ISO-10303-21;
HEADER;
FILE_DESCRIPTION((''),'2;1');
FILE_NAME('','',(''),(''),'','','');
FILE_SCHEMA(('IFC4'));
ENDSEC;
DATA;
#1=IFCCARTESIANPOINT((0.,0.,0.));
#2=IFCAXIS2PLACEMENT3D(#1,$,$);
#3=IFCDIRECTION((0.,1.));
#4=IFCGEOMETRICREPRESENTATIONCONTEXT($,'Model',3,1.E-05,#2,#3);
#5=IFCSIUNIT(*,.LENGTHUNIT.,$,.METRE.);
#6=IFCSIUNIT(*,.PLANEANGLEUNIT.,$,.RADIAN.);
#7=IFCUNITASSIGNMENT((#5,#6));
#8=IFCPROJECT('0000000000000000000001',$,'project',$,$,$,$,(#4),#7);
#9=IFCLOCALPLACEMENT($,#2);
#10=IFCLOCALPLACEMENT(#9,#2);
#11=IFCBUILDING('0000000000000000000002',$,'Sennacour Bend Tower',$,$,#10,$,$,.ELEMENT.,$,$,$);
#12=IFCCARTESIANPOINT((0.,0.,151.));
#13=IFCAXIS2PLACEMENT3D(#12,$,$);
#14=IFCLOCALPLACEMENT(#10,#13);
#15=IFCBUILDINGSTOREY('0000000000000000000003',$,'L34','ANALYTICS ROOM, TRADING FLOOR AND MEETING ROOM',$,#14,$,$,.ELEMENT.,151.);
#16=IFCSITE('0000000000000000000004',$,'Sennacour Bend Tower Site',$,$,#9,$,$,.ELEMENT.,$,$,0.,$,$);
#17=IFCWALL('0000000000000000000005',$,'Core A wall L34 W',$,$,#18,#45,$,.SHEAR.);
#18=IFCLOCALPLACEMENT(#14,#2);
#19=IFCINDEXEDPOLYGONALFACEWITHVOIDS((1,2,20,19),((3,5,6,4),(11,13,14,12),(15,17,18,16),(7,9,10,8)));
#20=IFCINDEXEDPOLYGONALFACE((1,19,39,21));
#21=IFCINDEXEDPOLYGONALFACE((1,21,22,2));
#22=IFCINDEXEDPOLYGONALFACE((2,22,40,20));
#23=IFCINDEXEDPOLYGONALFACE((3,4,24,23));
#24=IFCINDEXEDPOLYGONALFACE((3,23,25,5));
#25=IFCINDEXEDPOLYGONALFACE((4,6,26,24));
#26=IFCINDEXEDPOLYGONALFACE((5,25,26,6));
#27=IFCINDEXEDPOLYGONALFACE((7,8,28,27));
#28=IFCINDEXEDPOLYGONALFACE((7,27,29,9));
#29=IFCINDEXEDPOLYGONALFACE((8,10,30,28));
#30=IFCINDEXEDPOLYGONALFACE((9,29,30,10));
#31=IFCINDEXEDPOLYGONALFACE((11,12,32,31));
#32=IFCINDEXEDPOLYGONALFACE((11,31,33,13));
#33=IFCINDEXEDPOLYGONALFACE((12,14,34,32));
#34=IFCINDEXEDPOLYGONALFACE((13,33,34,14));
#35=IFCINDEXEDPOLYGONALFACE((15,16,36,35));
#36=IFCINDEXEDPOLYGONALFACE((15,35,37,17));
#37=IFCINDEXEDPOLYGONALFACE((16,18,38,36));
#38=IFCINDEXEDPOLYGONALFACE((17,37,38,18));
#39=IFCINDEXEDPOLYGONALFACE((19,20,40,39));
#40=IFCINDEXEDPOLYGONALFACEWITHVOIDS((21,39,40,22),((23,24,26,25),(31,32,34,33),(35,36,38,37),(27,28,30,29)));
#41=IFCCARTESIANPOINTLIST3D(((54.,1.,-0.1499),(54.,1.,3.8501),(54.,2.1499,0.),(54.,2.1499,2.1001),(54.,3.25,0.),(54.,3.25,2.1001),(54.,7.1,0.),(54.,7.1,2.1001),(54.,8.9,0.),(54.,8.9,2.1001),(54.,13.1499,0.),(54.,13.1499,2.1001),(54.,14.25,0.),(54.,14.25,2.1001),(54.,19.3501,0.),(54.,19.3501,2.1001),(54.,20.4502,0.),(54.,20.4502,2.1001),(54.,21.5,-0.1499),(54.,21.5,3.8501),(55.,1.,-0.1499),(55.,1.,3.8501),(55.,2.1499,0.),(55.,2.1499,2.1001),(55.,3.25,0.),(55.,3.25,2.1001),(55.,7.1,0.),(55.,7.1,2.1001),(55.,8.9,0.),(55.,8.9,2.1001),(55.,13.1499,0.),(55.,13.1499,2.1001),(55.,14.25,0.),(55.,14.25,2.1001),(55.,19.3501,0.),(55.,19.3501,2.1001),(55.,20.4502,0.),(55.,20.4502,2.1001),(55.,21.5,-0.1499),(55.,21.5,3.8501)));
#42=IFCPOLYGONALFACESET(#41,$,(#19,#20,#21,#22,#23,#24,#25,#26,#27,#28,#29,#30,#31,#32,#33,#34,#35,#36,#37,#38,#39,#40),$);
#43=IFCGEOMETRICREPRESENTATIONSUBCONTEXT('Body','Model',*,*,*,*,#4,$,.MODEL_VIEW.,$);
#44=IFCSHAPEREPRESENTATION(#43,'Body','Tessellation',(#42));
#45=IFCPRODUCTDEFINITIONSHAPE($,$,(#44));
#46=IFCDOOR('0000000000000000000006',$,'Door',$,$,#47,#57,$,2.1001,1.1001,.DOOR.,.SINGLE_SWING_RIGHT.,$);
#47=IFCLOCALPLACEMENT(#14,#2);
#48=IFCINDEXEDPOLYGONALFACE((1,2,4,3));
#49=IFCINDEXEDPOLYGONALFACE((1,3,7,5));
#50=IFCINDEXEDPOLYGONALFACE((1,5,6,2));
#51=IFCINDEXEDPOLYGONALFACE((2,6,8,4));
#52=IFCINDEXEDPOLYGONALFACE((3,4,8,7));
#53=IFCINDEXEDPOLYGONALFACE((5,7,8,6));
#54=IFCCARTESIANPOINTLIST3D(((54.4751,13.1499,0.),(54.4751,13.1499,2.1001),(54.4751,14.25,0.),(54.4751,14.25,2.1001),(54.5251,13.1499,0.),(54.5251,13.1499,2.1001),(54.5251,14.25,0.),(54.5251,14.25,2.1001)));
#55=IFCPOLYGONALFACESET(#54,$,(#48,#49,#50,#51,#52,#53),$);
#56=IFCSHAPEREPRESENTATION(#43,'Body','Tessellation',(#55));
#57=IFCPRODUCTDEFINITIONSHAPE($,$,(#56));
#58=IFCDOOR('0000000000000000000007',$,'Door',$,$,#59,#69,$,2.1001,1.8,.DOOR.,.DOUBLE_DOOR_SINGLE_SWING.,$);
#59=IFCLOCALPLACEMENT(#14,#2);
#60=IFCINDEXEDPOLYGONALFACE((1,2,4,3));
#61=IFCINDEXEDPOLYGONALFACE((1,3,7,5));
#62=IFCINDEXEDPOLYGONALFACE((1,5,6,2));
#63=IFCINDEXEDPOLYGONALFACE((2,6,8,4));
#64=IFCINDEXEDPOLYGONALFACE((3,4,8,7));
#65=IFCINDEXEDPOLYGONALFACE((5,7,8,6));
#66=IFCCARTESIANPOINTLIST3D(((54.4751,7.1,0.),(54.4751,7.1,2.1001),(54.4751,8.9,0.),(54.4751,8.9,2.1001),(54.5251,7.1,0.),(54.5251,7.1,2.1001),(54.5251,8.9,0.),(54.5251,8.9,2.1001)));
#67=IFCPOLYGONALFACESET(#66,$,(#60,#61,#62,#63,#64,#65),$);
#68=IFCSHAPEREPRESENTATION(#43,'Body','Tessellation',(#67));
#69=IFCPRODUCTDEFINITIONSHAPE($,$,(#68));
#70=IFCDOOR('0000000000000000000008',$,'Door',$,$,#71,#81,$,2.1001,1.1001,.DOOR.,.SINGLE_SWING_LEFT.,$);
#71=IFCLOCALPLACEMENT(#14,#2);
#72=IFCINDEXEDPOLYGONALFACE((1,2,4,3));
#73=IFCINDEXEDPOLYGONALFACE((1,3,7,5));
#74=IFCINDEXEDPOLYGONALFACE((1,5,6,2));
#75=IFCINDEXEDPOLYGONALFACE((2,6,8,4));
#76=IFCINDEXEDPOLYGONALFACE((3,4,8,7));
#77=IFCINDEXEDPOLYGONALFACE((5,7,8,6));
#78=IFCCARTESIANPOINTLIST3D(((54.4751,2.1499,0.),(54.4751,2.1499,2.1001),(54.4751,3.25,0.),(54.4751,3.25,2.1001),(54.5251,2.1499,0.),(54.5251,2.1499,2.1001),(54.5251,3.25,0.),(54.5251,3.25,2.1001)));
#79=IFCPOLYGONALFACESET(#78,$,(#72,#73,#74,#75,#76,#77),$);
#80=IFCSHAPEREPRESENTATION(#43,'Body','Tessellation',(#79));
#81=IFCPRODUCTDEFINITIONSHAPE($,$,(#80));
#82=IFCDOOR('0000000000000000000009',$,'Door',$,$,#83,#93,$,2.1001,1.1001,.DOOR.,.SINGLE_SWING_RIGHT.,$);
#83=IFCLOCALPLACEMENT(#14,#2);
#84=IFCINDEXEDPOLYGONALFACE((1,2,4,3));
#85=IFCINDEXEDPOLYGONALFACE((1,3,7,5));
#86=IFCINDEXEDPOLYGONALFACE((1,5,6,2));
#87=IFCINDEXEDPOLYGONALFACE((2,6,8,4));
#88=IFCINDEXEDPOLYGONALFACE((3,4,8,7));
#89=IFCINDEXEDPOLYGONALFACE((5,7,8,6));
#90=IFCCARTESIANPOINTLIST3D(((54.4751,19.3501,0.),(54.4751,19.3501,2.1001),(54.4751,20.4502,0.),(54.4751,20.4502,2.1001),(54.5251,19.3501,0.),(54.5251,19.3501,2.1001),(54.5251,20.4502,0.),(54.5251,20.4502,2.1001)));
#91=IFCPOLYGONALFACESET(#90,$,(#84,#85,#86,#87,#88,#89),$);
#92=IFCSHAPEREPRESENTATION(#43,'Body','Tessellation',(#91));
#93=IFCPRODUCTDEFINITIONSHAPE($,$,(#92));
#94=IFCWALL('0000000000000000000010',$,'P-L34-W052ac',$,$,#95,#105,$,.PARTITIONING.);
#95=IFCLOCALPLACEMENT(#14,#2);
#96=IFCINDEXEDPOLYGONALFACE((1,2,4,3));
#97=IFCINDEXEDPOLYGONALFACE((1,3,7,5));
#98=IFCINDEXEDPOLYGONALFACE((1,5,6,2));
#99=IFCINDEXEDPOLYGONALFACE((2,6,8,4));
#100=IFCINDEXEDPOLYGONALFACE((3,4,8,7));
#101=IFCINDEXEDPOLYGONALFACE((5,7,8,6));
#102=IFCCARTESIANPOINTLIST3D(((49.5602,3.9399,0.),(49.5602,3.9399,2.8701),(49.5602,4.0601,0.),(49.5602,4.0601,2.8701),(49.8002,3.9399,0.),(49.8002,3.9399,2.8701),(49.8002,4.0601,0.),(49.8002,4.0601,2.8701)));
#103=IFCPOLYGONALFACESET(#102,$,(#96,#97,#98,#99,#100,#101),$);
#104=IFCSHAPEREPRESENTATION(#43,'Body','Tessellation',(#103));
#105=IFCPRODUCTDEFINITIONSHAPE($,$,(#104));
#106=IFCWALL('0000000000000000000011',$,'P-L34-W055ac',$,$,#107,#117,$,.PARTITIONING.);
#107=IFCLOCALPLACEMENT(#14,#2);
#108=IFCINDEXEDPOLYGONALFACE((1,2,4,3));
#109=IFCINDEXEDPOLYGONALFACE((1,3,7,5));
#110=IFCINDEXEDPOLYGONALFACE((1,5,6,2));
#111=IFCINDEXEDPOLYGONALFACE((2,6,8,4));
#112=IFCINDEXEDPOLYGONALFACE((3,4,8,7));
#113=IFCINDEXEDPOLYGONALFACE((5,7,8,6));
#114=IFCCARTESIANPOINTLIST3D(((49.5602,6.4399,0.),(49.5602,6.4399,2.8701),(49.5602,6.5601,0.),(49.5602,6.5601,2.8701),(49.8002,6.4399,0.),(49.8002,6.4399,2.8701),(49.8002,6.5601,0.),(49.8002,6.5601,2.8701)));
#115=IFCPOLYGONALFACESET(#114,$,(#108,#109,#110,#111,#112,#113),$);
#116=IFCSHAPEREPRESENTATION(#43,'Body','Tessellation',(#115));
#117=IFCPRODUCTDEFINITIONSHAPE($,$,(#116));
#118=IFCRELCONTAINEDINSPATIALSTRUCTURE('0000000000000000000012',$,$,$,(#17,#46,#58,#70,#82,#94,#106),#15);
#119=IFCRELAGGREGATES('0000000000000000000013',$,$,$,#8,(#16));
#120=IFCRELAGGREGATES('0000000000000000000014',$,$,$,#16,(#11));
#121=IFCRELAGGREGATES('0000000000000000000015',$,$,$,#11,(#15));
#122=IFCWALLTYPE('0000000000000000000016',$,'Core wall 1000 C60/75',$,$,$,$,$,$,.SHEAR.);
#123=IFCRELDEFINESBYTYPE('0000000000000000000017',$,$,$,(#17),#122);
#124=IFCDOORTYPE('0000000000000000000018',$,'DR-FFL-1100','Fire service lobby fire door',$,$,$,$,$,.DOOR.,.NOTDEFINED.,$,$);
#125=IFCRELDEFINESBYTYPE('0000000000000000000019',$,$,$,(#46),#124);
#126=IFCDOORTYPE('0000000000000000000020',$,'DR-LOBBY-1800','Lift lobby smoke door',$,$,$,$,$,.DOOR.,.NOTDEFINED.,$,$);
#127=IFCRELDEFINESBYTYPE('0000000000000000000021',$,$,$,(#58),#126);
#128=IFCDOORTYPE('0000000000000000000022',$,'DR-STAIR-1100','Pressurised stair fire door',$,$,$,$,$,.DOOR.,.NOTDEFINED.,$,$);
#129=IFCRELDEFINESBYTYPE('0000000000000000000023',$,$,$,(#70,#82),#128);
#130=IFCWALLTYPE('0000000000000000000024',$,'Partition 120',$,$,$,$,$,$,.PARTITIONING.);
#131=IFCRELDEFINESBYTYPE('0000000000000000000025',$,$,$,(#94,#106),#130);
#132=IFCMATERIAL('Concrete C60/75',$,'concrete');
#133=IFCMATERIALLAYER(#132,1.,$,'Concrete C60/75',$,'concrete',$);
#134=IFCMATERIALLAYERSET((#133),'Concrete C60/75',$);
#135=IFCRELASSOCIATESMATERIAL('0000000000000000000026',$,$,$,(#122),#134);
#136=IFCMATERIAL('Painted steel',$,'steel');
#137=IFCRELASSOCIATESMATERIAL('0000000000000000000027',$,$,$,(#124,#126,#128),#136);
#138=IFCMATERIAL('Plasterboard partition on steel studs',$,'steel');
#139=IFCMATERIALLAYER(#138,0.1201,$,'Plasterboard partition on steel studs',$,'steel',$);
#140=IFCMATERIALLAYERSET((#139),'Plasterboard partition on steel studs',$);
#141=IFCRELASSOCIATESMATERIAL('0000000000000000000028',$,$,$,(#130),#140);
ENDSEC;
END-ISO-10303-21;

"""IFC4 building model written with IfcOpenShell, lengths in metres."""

from ifc_helpers import new_model, si_unit, direction, frame, frame_2d, origin, place, context, subcontext, project, spatial, rectangle, extrude, material, layer, layer_set, type_object, element, fill, save


model = new_model("IFC4")

# Units and contexts
model_context = context("Model", 3, precision=1e-05, world=origin(), true_north=direction((0.0, 1.0)))
body_context = subcontext(model_context, "Body", "Model", "MODEL_VIEW")
ifc_project = project(units=[si_unit("LENGTHUNIT", "METRE"), si_unit("PLANEANGLEUNIT", "RADIAN")], contexts=[model_context])

# Site, building, storey
site_placement = place(None, origin())
site = spatial("IfcSite", under=ifc_project, at=site_placement, Name="Sennacour Bend Tower Site", CompositionType="ELEMENT", RefElevation=0.0)
building_placement = place(site_placement, origin())
building = spatial("IfcBuilding", under=site, at=building_placement, Name="Sennacour Bend Tower", CompositionType="ELEMENT")
storey_placement = place(building_placement, frame((0.0, 0.0, 151.0)))
storey = spatial("IfcBuildingStorey", under=building, at=storey_placement, Name="L34", Description="ANALYTICS ROOM, TRADING FLOOR AND MEETING ROOM", CompositionType="ELEMENT", Elevation=151.0)

# Wall, openings, doors
ifc_material_1 = material(Name="Concrete C60/75", Category="concrete")
ifc_layer_1 = layer(ifc_material_1, 1.0, Name="Concrete C60/75", Category="concrete")
ifc_layer_set_1 = layer_set([ifc_layer_1], Name="Concrete C60/75")
wall_type_1 = type_object("IfcWallType", Name="Core wall 1000 C60/75", PredefinedType="SHEAR", material=ifc_layer_set_1)
wall_1_placement = place(storey_placement, frame((54.5, 1.0, -0.1499), z_axis=(0.0, 0.0, 1.0), x_axis=(0.0, 1.0, 0.0)))
wall_1 = element("IfcWall", 1, at=wall_1_placement, inside=storey, type_object=wall_type_1, Name="Core A wall L34 W", PredefinedType="SHEAR", context=body_context, shape_type="SweptSolid", body=[
    extrude(rectangle(XDim=20.5, YDim=1.0, at=frame_2d((10.25, 0.0))), origin(), (0.0, 0.0, 1.0), 4.0),
])
opening_1_placement = place(wall_1_placement, frame((6.1001, 0.0, 0.1499)))
opening_1 = element("IfcOpeningElement", 2, at=opening_1_placement, cuts=wall_1, PredefinedType="OPENING", context=body_context, shape_type="SweptSolid", body=[
    extrude(rectangle(XDim=1.8, YDim=2.1001, at=frame_2d((0.8999, 1.05))), frame((0.0, 0.51, 0.0), z_axis=(0.0, -1.0, 0.0), x_axis=(1.0, 0.0, 0.0)), (0.0, 0.0, 1.0), 1.02),
])
opening_2_placement = place(wall_1_placement, frame((12.1499, 0.0, 0.1499)))
opening_2 = element("IfcOpeningElement", 3, at=opening_2_placement, cuts=wall_1, PredefinedType="OPENING", context=body_context, shape_type="SweptSolid", body=[
    extrude(rectangle(XDim=1.1001, YDim=2.1001, at=frame_2d((0.55, 1.05))), frame((0.0, 0.51, 0.0), z_axis=(0.0, -1.0, 0.0), x_axis=(1.0, 0.0, 0.0)), (0.0, 0.0, 1.0), 1.02),
])
opening_3_placement = place(wall_1_placement, frame((1.1499, 0.0, 0.1499)))
opening_3 = element("IfcOpeningElement", 4, at=opening_3_placement, cuts=wall_1, PredefinedType="OPENING", context=body_context, shape_type="SweptSolid", body=[
    extrude(rectangle(XDim=1.1001, YDim=2.1001, at=frame_2d((0.55, 1.05))), frame((0.0, 0.51, 0.0), z_axis=(0.0, -1.0, 0.0), x_axis=(1.0, 0.0, 0.0)), (0.0, 0.0, 1.0), 1.02),
])
opening_4_placement = place(wall_1_placement, frame((18.3501, 0.0, 0.1499)))
opening_4 = element("IfcOpeningElement", 5, at=opening_4_placement, cuts=wall_1, PredefinedType="OPENING", context=body_context, shape_type="SweptSolid", body=[
    extrude(rectangle(XDim=1.1001, YDim=2.1001, at=frame_2d((0.55, 1.05))), frame((0.0, 0.51, 0.0), z_axis=(0.0, -1.0, 0.0), x_axis=(1.0, 0.0, 0.0)), (0.0, 0.0, 1.0), 1.02),
])
ifc_material_2 = material(Name="Painted steel", Category="steel")
door_type_1 = type_object("IfcDoorType", Name="DR-FFL-1100", Description="Fire service lobby fire door", OperationType="NOTDEFINED", PredefinedType="DOOR", material=ifc_material_2)
door_1_placement = place(opening_2_placement, origin())
door_1 = element("IfcDoor", 6, at=door_1_placement, inside=storey, type_object=door_type_1, Name="Door", OperationType="SINGLE_SWING_RIGHT", OverallHeight=2.1001, OverallWidth=1.1001, PredefinedType="DOOR", context=body_context, shape_type="SweptSolid", body=[
    extrude(rectangle(XDim=1.1001, YDim=2.1001, at=frame_2d((0.55, 1.05))), frame((0.0, 0.0249, 0.0), z_axis=(0.0, -1.0, 0.0), x_axis=(1.0, 0.0, 0.0)), (0.0, 0.0, 1.0), 0.05),
])
fill(opening_2, door_1)
door_type_2 = type_object("IfcDoorType", Name="DR-LOBBY-1800", Description="Lift lobby smoke door", OperationType="NOTDEFINED", PredefinedType="DOOR", material=ifc_material_2)
door_2_placement = place(opening_1_placement, origin())
door_2 = element("IfcDoor", 7, at=door_2_placement, inside=storey, type_object=door_type_2, Name="Door", OperationType="DOUBLE_DOOR_SINGLE_SWING", OverallHeight=2.1001, OverallWidth=1.8, PredefinedType="DOOR", context=body_context, shape_type="SweptSolid", body=[
    extrude(rectangle(XDim=1.8, YDim=2.1001, at=frame_2d((0.8999, 1.05))), frame((0.0, 0.0249, 0.0), z_axis=(0.0, -1.0, 0.0), x_axis=(1.0, 0.0, 0.0)), (0.0, 0.0, 1.0), 0.05),
])
fill(opening_1, door_2)
door_type_3 = type_object("IfcDoorType", Name="DR-STAIR-1100", Description="Pressurised stair fire door", OperationType="NOTDEFINED", PredefinedType="DOOR", material=ifc_material_2)
door_3_placement = place(opening_3_placement, origin())
door_3 = element("IfcDoor", 8, at=door_3_placement, inside=storey, type_object=door_type_3, Name="Door", OperationType="SINGLE_SWING_LEFT", OverallHeight=2.1001, OverallWidth=1.1001, PredefinedType="DOOR", context=body_context, shape_type="SweptSolid", body=[
    extrude(rectangle(XDim=1.1001, YDim=2.1001, at=frame_2d((0.55, 1.05))), frame((0.0, 0.0249, 0.0), z_axis=(0.0, -1.0, 0.0), x_axis=(1.0, 0.0, 0.0)), (0.0, 0.0, 1.0), 0.05),
])
fill(opening_3, door_3)
door_4_placement = place(opening_4_placement, origin())
door_4 = element("IfcDoor", 9, at=door_4_placement, inside=storey, type_object=door_type_3, Name="Door", OperationType="SINGLE_SWING_RIGHT", OverallHeight=2.1001, OverallWidth=1.1001, PredefinedType="DOOR", context=body_context, shape_type="SweptSolid", body=[
    extrude(rectangle(XDim=1.1001, YDim=2.1001, at=frame_2d((0.55, 1.05))), frame((0.0, 0.0249, 0.0), z_axis=(0.0, -1.0, 0.0), x_axis=(1.0, 0.0, 0.0)), (0.0, 0.0, 1.0), 0.05),
])
fill(opening_4, door_4)

# Walls
ifc_material_3 = material(Name="Plasterboard partition on steel studs", Category="steel")
ifc_layer_2 = layer(ifc_material_3, 0.1201, Name="Plasterboard partition on steel studs", Category="steel")
ifc_layer_set_2 = layer_set([ifc_layer_2], Name="Plasterboard partition on steel studs")
wall_type_2 = type_object("IfcWallType", Name="Partition 120", PredefinedType="PARTITIONING", material=ifc_layer_set_2)
for number, where, z_axis, x_axis, name in (
    (10, (49.5601, 4.0, 0.0), (0.0, 0.0, 1.0), (1.0, 0.0, 0.0), "P-L34-W052ac"),
    (11, (49.5601, 6.5, 0.0), (0.0, 0.0, 1.0), (1.0, 0.0, 0.0), "P-L34-W055ac"),
):
    element("IfcWall", number, at=place(storey_placement, frame(where, z_axis=z_axis, x_axis=x_axis)), inside=storey, type_object=wall_type_2, Name=name, PredefinedType="PARTITIONING", context=body_context, shape_type="SweptSolid", body=[
        extrude(rectangle(XDim=0.24, YDim=0.1201, at=frame_2d((0.1201, 0.0))), origin(), (0.0, 0.0, 1.0), 2.8701),
    ])

save(model, "model.ifc")
